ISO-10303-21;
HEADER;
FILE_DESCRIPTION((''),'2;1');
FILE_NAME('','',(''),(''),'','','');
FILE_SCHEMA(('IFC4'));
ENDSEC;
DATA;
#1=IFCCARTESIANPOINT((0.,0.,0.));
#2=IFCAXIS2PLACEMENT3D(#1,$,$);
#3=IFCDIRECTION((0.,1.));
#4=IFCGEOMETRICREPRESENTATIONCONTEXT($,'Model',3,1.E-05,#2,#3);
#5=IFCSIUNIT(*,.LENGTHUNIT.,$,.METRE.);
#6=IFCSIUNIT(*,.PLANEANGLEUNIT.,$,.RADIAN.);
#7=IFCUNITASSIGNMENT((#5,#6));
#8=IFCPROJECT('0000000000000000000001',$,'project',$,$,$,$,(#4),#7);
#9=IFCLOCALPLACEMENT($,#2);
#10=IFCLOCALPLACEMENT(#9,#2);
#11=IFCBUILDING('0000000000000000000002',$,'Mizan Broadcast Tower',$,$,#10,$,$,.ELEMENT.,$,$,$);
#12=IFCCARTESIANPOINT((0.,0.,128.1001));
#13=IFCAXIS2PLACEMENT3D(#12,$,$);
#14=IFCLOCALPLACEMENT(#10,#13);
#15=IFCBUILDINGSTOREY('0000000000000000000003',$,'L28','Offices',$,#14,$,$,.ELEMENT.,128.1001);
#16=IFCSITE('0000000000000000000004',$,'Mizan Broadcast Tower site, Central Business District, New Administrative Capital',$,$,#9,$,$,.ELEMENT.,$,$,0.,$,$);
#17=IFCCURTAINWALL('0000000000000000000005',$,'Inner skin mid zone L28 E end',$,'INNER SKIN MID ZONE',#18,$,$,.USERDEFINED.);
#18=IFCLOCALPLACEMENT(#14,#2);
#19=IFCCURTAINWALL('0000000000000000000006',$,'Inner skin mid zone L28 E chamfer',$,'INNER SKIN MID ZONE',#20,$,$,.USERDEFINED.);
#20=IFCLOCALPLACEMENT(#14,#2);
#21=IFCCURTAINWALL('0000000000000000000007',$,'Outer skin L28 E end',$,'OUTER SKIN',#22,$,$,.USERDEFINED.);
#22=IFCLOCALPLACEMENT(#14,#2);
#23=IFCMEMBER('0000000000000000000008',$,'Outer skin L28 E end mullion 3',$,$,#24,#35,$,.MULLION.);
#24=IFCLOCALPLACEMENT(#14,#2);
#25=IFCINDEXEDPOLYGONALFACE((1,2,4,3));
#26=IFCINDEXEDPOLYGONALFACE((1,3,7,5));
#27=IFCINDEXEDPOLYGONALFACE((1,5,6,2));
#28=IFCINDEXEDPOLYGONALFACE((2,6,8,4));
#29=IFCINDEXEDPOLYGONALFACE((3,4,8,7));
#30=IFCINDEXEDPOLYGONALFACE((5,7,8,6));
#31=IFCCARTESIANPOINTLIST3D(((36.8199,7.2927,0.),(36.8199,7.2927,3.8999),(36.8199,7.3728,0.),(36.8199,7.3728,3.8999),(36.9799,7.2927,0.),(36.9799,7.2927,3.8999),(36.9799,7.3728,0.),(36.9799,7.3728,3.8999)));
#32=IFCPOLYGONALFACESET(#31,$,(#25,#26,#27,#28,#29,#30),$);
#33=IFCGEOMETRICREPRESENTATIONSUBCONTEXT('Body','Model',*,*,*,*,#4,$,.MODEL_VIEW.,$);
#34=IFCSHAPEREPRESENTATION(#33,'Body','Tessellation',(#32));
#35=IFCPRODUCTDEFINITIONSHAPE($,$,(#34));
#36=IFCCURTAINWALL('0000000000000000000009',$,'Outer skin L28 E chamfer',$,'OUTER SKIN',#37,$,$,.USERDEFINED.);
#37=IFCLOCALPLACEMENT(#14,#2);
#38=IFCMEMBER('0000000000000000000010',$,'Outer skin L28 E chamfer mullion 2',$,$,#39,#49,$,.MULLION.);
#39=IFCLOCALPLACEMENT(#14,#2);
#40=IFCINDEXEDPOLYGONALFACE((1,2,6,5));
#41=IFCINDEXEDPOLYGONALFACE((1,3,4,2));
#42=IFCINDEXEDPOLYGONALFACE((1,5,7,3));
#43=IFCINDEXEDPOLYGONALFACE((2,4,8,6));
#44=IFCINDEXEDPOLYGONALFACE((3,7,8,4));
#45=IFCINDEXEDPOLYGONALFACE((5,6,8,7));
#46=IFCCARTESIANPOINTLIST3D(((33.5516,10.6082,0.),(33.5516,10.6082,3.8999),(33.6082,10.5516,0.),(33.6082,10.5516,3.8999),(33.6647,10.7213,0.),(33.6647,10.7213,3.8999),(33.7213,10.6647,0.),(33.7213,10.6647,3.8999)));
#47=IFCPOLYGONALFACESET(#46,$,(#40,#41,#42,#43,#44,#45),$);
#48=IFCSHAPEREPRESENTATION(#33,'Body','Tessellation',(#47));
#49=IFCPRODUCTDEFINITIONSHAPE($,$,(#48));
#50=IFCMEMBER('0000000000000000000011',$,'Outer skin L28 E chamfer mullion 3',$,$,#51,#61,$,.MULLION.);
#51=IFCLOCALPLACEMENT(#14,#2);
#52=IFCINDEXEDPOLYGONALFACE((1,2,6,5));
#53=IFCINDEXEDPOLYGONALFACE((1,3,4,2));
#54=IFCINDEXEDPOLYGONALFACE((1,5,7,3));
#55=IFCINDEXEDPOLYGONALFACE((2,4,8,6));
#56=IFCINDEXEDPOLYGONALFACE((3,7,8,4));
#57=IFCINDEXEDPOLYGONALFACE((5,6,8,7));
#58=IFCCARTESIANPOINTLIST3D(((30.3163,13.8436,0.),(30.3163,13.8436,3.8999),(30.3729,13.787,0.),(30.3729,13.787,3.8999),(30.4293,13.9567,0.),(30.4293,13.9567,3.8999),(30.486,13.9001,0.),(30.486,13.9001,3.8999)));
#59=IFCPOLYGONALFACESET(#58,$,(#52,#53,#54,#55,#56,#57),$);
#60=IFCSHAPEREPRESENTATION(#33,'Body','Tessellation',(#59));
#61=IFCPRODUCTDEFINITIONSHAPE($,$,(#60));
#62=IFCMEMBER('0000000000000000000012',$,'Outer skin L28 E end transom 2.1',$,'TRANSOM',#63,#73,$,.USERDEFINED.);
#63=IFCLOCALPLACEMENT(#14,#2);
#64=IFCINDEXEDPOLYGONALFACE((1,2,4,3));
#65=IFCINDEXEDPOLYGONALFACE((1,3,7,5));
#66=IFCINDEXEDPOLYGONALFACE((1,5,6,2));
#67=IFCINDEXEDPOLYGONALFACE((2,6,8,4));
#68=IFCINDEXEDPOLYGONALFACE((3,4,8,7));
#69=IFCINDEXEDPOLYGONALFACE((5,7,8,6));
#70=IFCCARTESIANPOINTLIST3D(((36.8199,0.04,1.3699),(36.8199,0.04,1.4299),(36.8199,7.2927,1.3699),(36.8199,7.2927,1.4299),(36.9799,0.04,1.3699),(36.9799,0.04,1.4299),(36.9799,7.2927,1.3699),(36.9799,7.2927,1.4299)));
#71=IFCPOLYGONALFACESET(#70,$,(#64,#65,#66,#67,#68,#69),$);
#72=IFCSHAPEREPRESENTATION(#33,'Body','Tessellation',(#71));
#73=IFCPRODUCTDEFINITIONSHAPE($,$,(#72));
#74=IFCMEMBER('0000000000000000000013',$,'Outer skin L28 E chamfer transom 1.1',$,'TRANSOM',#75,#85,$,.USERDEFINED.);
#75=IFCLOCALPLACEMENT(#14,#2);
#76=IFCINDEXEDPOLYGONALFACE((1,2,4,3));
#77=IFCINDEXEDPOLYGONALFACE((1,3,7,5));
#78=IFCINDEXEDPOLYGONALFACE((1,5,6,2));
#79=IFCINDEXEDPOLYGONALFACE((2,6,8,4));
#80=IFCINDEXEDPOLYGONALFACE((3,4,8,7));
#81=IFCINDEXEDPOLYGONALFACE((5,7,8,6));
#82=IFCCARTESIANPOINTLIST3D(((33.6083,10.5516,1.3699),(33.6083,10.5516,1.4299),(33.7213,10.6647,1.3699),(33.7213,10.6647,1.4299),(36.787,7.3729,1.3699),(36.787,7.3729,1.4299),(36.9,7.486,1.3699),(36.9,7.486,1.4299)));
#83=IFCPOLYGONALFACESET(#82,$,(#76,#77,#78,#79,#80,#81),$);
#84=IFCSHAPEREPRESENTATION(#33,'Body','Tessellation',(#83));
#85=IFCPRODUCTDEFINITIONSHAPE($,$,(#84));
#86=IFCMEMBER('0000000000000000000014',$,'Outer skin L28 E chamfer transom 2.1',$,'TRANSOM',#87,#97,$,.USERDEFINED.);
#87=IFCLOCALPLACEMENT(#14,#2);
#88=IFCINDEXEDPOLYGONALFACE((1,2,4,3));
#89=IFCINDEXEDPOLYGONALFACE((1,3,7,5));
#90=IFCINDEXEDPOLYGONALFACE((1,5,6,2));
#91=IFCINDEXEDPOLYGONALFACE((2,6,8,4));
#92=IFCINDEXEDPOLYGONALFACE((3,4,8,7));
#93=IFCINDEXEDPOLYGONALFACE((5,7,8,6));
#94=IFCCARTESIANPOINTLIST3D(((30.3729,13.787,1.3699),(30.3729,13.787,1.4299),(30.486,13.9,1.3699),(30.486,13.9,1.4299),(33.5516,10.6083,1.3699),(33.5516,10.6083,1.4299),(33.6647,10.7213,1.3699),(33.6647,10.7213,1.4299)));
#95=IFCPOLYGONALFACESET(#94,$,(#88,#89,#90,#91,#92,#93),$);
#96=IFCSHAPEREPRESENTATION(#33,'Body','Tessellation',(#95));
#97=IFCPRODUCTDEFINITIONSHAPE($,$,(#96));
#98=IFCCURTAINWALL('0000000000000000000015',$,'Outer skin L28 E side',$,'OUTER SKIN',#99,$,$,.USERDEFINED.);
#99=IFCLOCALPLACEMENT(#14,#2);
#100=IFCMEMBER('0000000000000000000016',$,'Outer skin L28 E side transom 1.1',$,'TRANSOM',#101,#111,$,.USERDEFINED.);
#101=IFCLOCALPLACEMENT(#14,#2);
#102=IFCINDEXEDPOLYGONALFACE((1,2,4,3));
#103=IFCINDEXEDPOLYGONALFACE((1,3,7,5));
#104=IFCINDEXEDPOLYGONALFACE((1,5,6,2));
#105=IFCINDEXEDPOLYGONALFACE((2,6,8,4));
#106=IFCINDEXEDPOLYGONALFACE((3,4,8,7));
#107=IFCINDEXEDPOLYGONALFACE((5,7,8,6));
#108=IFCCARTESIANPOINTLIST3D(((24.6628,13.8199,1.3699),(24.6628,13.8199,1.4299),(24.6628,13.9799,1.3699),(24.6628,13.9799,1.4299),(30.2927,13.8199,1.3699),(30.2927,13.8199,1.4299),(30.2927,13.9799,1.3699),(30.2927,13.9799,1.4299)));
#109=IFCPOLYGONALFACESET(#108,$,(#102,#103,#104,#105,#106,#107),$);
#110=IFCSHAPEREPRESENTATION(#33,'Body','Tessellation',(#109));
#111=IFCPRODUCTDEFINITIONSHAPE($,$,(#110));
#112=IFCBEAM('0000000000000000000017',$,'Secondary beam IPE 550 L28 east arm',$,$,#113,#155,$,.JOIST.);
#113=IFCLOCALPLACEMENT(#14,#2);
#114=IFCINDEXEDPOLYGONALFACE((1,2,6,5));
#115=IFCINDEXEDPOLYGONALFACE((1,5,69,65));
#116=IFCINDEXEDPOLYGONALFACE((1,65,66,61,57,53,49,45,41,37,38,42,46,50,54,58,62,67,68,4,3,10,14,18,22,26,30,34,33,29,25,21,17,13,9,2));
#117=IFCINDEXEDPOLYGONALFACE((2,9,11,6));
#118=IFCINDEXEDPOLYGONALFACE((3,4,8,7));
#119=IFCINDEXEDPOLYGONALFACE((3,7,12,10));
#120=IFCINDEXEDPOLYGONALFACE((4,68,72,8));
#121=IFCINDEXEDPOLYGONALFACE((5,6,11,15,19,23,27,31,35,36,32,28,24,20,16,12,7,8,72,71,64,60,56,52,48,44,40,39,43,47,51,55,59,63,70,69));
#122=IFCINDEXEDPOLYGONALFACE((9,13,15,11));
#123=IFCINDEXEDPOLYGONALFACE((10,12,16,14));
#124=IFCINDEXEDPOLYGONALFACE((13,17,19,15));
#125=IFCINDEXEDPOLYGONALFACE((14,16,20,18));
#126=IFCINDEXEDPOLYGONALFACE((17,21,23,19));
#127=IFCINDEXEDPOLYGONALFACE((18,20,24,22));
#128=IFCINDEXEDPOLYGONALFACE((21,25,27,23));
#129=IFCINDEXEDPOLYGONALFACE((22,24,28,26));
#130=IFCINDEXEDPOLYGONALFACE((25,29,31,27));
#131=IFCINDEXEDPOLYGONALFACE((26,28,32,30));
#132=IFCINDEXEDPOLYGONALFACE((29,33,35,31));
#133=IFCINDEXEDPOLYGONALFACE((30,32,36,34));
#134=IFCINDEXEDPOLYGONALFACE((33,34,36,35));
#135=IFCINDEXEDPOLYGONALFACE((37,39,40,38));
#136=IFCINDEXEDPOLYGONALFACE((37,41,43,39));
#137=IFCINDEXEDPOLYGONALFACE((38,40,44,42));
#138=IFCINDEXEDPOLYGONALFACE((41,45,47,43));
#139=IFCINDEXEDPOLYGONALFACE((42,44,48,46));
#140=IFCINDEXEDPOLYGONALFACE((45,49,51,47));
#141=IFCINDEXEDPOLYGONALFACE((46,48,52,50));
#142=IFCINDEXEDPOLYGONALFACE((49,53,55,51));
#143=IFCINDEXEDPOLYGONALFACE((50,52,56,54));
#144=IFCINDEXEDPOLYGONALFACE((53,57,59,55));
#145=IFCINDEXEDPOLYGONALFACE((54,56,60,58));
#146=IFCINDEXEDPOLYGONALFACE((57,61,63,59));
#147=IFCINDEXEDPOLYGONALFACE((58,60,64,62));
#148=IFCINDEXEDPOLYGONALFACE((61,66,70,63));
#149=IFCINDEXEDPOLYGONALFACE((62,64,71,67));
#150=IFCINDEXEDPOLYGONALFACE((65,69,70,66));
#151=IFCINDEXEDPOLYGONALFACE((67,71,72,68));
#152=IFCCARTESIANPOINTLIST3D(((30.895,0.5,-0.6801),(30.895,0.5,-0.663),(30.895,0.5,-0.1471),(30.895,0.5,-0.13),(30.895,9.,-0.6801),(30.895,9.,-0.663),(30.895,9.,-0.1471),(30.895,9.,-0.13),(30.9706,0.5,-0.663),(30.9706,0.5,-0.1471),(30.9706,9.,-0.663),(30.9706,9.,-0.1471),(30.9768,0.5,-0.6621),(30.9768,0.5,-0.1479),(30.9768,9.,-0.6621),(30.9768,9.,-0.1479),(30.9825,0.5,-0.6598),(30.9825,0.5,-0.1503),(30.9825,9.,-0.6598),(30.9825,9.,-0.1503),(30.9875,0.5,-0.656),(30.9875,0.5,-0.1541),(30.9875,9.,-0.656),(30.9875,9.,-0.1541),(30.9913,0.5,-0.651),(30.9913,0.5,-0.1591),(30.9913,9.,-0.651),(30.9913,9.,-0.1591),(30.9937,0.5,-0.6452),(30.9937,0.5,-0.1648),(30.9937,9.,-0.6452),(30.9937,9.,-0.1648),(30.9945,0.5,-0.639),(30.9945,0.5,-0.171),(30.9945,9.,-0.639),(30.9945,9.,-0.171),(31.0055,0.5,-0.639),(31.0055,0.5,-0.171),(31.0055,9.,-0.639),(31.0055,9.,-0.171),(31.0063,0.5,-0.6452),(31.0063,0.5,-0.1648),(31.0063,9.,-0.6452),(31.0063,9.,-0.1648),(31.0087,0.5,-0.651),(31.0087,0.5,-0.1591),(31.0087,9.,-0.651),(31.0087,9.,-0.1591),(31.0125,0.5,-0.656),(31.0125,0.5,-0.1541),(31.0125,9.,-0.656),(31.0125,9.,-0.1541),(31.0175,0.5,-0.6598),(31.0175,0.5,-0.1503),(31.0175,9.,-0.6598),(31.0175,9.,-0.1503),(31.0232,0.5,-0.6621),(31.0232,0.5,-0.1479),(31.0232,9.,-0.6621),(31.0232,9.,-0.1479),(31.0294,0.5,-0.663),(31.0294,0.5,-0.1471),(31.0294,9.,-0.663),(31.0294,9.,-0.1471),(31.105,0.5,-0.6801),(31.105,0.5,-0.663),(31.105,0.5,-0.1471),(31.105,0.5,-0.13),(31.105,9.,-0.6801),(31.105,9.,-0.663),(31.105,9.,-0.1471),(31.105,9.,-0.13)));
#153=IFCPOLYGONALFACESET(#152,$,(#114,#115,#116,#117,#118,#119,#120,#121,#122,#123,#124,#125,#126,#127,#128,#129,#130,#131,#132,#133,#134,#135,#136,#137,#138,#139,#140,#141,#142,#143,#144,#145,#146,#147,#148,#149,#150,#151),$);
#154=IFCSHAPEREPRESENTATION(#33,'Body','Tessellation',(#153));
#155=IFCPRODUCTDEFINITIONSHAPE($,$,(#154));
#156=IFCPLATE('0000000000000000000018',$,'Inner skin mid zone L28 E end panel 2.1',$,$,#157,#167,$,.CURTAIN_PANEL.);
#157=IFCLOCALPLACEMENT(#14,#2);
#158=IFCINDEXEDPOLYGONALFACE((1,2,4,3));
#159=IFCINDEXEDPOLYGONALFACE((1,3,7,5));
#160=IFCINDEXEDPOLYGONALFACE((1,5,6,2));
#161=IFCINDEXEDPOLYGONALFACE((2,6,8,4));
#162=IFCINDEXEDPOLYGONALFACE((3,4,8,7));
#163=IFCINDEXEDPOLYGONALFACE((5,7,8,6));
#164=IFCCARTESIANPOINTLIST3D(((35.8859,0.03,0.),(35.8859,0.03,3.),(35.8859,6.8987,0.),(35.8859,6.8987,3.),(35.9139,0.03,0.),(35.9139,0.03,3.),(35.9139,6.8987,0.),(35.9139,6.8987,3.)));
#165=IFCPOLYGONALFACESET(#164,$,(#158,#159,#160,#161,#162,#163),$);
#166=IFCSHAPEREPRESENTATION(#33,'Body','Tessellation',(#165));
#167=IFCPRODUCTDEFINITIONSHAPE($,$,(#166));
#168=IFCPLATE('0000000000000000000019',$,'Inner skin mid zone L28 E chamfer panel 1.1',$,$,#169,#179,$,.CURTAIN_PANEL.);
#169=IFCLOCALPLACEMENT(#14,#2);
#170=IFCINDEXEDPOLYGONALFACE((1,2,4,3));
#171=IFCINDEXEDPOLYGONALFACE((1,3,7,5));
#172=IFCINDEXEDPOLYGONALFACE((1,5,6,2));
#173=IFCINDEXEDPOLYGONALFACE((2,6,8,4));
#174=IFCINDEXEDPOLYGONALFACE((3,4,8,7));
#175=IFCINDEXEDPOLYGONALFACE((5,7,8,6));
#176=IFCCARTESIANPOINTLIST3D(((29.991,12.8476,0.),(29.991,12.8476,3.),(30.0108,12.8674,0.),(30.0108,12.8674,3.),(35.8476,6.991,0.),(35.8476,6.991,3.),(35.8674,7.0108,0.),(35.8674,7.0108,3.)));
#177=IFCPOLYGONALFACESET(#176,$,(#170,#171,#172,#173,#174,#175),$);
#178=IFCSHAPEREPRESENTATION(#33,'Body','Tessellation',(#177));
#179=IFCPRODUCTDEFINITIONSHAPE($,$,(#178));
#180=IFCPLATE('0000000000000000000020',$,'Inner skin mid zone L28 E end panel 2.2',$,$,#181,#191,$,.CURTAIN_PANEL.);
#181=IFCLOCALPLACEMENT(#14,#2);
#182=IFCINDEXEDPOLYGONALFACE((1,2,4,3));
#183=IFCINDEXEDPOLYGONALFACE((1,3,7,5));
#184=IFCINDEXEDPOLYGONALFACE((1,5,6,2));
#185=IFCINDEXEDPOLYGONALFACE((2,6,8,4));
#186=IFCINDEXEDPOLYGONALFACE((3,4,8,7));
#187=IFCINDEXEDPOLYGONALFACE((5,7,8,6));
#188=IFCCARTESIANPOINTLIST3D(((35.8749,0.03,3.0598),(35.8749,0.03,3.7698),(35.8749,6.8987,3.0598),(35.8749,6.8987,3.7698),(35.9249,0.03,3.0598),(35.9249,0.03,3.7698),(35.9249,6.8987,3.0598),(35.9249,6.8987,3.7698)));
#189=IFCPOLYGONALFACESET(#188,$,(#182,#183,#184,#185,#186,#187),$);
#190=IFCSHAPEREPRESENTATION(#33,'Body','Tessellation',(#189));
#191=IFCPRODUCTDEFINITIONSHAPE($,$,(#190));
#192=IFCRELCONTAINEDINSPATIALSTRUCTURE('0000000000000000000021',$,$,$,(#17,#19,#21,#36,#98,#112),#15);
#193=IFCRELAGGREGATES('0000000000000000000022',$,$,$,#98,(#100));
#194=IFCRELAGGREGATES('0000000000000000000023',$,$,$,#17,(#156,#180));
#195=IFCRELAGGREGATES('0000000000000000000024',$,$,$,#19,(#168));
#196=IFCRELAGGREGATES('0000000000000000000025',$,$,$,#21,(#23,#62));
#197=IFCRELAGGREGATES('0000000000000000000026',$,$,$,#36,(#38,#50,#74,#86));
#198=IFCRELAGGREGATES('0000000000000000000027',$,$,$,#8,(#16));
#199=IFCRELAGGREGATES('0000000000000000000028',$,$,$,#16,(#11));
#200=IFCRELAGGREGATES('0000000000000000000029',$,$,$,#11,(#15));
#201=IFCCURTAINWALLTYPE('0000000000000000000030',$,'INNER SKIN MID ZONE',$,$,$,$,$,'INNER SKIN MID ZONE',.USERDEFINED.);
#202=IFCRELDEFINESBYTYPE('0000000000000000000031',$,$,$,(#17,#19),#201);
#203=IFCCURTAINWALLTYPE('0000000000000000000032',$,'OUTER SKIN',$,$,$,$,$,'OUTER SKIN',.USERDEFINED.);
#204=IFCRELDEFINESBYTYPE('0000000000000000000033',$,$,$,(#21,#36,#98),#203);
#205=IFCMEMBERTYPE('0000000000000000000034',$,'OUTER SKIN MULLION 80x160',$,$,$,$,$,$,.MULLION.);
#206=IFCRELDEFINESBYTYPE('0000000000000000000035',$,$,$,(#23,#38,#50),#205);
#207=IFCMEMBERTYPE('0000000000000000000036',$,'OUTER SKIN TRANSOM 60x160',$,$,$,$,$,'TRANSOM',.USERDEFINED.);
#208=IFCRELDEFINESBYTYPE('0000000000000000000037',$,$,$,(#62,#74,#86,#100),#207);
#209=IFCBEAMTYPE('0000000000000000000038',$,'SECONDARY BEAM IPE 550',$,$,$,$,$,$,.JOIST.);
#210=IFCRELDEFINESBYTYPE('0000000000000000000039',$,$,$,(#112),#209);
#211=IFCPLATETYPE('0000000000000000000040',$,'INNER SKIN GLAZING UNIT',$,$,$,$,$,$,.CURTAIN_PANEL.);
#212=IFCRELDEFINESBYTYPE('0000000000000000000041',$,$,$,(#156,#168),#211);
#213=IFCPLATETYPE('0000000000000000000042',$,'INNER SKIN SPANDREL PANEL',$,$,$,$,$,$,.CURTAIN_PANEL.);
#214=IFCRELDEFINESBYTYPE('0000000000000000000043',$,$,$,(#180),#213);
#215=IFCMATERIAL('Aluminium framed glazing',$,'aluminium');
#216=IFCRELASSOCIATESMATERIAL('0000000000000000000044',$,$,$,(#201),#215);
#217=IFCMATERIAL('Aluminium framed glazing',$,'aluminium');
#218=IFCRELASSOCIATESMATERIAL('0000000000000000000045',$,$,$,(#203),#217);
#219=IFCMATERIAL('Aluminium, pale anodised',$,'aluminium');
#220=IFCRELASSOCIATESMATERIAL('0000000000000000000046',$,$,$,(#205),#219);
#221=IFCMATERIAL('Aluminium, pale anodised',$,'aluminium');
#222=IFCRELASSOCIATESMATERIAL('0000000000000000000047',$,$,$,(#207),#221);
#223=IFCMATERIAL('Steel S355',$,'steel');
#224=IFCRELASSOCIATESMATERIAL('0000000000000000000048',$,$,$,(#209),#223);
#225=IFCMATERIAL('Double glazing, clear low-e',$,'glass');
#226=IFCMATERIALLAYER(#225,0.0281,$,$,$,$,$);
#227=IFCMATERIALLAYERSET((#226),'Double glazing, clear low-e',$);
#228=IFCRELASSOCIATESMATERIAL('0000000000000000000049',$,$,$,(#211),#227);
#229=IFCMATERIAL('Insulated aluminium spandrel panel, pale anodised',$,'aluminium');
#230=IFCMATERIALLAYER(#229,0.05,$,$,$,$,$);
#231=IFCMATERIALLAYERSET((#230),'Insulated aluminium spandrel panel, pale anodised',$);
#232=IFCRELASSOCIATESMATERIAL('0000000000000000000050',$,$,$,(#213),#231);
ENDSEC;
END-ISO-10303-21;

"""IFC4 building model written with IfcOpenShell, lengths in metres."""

from ifc_helpers import new_model, si_unit, direction, frame, origin, origin_2d, place, context, subcontext, project, spatial, rectangle, i_section, extrude, material, layer, layer_set, material_profile, profile_set, type_object, element, aggregate, save


model = new_model("IFC4")

# Units and contexts
model_context = context("Model", 3, precision=1e-05, world=origin(), true_north=direction((0.0, 1.0)))
body_context = subcontext(model_context, "Body", "Model", "MODEL_VIEW")
ifc_project = project(units=[si_unit("LENGTHUNIT", "METRE"), si_unit("PLANEANGLEUNIT", "RADIAN")], contexts=[model_context])

# Site, building, storey
site_placement = place(None, origin())
site = spatial("IfcSite", under=ifc_project, at=site_placement, Name="Mizan Broadcast Tower site, Central Business District, New Administrative Capital", CompositionType="ELEMENT", RefElevation=0.0)
building_placement = place(site_placement, origin())
building = spatial("IfcBuilding", under=site, at=building_placement, Name="Mizan Broadcast Tower", CompositionType="ELEMENT")
storey_placement = place(building_placement, frame((0.0, 0.0, 128.1001)))
storey = spatial("IfcBuildingStorey", under=building, at=storey_placement, Name="L28", Description="Offices", CompositionType="ELEMENT", Elevation=128.1001)

# Curtain wall
ifc_material_1 = material(Name="Aluminium framed glazing", Category="aluminium")
curtain_wall_type_1 = type_object("IfcCurtainWallType", Name="INNER SKIN MID ZONE", ElementType="INNER SKIN MID ZONE", PredefinedType="USERDEFINED", material=ifc_material_1)
curtain_wall_1_placement = place(storey_placement, origin())
curtain_wall_1 = element("IfcCurtainWall", 1, at=curtain_wall_1_placement, inside=storey, type_object=curtain_wall_type_1, Name="Inner skin mid zone L28 E end", ObjectType="INNER SKIN MID ZONE", PredefinedType="USERDEFINED")

# Curtain wall
curtain_wall_2_placement = place(storey_placement, origin())
curtain_wall_2 = element("IfcCurtainWall", 2, at=curtain_wall_2_placement, inside=storey, type_object=curtain_wall_type_1, Name="Inner skin mid zone L28 E chamfer", ObjectType="INNER SKIN MID ZONE", PredefinedType="USERDEFINED")

# Curtain walls, members
ifc_material_2 = material(Name="Aluminium framed glazing", Category="aluminium")
curtain_wall_type_2 = type_object("IfcCurtainWallType", Name="OUTER SKIN", ElementType="OUTER SKIN", PredefinedType="USERDEFINED", material=ifc_material_2)
curtain_wall_3_placement = place(storey_placement, origin())
curtain_wall_3 = element("IfcCurtainWall", 3, at=curtain_wall_3_placement, inside=storey, type_object=curtain_wall_type_2, Name="Outer skin L28 E end", ObjectType="OUTER SKIN", PredefinedType="USERDEFINED")
ifc_material_3 = material(Name="Aluminium, pale anodised", Category="aluminium")
ifc_material_profile_1 = material_profile(ifc_material_3, rectangle(XDim=0.1599, YDim=0.0801, at=origin_2d()), Name="MULLION 160x80")
ifc_profile_set_1 = profile_set([ifc_material_profile_1], Name="Aluminium, pale anodised")
member_type_1 = type_object("IfcMemberType", Name="OUTER SKIN MULLION 80x160", PredefinedType="MULLION", material=ifc_profile_set_1)
member_1_placement = place(storey_placement, frame((36.8999, 7.3328, 0.0), z_axis=(0.0, 0.0, 1.0), x_axis=(-1.0, 0.0, 0.0)))
member_1 = element("IfcMember", 4, at=member_1_placement, type_object=member_type_1, Name="Outer skin L28 E end mullion 3", PredefinedType="MULLION", context=body_context, shape_type="SweptSolid", body=[
    extrude(rectangle(XDim=0.1599, YDim=0.0801, at=origin_2d()), origin(), (0.0, 0.0, 1.0), 3.8999),
])
curtain_wall_4_placement = place(storey_placement, origin())
curtain_wall_4 = element("IfcCurtainWall", 5, at=curtain_wall_4_placement, inside=storey, type_object=curtain_wall_type_2, Name="Outer skin L28 E chamfer", ObjectType="OUTER SKIN", PredefinedType="USERDEFINED")
member_2_placement = place(storey_placement, frame((33.6365, 10.6365, 0.0), z_axis=(0.0, 0.0, 1.0), x_axis=(-0.707107, -0.707107, 0.0)))
member_2 = element("IfcMember", 6, at=member_2_placement, type_object=member_type_1, Name="Outer skin L28 E chamfer mullion 2", PredefinedType="MULLION", context=body_context, shape_type="SweptSolid", body=[
    extrude(rectangle(XDim=0.1599, YDim=0.0801, at=origin_2d()), origin(), (0.0, 0.0, 1.0), 3.8999),
])
member_3_placement = place(storey_placement, frame((30.4011, 13.8718, 0.0), z_axis=(0.0, 0.0, 1.0), x_axis=(-0.707107, -0.707107, 0.0)))
member_3 = element("IfcMember", 7, at=member_3_placement, type_object=member_type_1, Name="Outer skin L28 E chamfer mullion 3", PredefinedType="MULLION", context=body_context, shape_type="SweptSolid", body=[
    extrude(rectangle(XDim=0.1599, YDim=0.0801, at=origin_2d()), origin(), (0.0, 0.0, 1.0), 3.8999),
])

# Members
ifc_material_4 = material(Name="Aluminium, pale anodised", Category="aluminium")
ifc_material_profile_2 = material_profile(ifc_material_4, rectangle(XDim=0.1599, YDim=0.0601, at=origin_2d()), Name="TRANSOM 160x60")
ifc_profile_set_2 = profile_set([ifc_material_profile_2], Name="Aluminium, pale anodised")
member_type_2 = type_object("IfcMemberType", Name="OUTER SKIN TRANSOM 60x160", ElementType="TRANSOM", PredefinedType="USERDEFINED", material=ifc_profile_set_2)
member_4_placement = place(storey_placement, frame((36.8999, 0.04, 1.3999), z_axis=(0.0, 1.0, 0.0), x_axis=(-1.0, 0.0, 0.0)))
member_4 = element("IfcMember", 8, at=member_4_placement, type_object=member_type_2, Name="Outer skin L28 E end transom 2.1", ObjectType="TRANSOM", PredefinedType="USERDEFINED", context=body_context, shape_type="SweptSolid", body=[
    extrude(rectangle(XDim=0.1599, YDim=0.0601, at=origin_2d()), origin(), (0.0, 0.0, 1.0), 7.2527),
])
member_5_placement = place(storey_placement, frame((36.8435, 7.4294, 1.3999), z_axis=(-0.707107, 0.707107, 0.0), x_axis=(-0.707107, -0.707107, 0.0)))
member_5 = element("IfcMember", 9, at=member_5_placement, type_object=member_type_2, Name="Outer skin L28 E chamfer transom 1.1", ObjectType="TRANSOM", PredefinedType="USERDEFINED", context=body_context, shape_type="SweptSolid", body=[
    extrude(rectangle(XDim=0.1599, YDim=0.0601, at=origin_2d()), origin(), (0.0, 0.0, 1.0), 4.4954),
])
member_6_placement = place(storey_placement, frame((33.6082, 10.6648, 1.3999), z_axis=(-0.707107, 0.707107, 0.0), x_axis=(-0.707107, -0.707107, 0.0)))
member_6 = element("IfcMember", 10, at=member_6_placement, type_object=member_type_2, Name="Outer skin L28 E chamfer transom 2.1", ObjectType="TRANSOM", PredefinedType="USERDEFINED", context=body_context, shape_type="SweptSolid", body=[
    extrude(rectangle(XDim=0.1599, YDim=0.0601, at=origin_2d()), origin(), (0.0, 0.0, 1.0), 4.4954),
])

# Curtain wall, member
curtain_wall_5_placement = place(storey_placement, origin())
curtain_wall_5 = element("IfcCurtainWall", 11, at=curtain_wall_5_placement, inside=storey, type_object=curtain_wall_type_2, Name="Outer skin L28 E side", ObjectType="OUTER SKIN", PredefinedType="USERDEFINED")
member_7_placement = place(storey_placement, frame((30.2927, 13.8999, 1.3999), z_axis=(-1.0, 0.0, 0.0), x_axis=(0.0, -1.0, 0.0)))
member_7 = element("IfcMember", 12, at=member_7_placement, type_object=member_type_2, Name="Outer skin L28 E side transom 1.1", ObjectType="TRANSOM", PredefinedType="USERDEFINED", context=body_context, shape_type="SweptSolid", body=[
    extrude(rectangle(XDim=0.1599, YDim=0.0601, at=origin_2d()), origin(), (0.0, 0.0, 1.0), 5.6299),
])
aggregate(curtain_wall_5, [member_7])

# Beam
ifc_material_5 = material(Name="Steel S355", Category="steel")
ifc_material_profile_3 = material_profile(ifc_material_5, i_section(OverallWidth=0.21, OverallDepth=0.55, WebThickness=0.011, FlangeThickness=0.0171, FilletRadius=0.0239, at=origin_2d()), Name="IPE 550")
ifc_profile_set_3 = profile_set([ifc_material_profile_3], Name="Steel S355")
beam_type_1 = type_object("IfcBeamType", Name="SECONDARY BEAM IPE 550", PredefinedType="JOIST", material=ifc_profile_set_3)
beam_1_placement = place(storey_placement, frame((31.0, 9.0, -0.405), z_axis=(0.0, -1.0, 0.0), x_axis=(1.0, 0.0, 0.0)))
element("IfcBeam", 13, at=beam_1_placement, inside=storey, type_object=beam_type_1, Name="Secondary beam IPE 550 L28 east arm", PredefinedType="JOIST", context=body_context, shape_type="SweptSolid", body=[
    extrude(i_section(OverallWidth=0.21, OverallDepth=0.55, WebThickness=0.011, FlangeThickness=0.0171, FilletRadius=0.0239, at=origin_2d()), origin(), (0.0, 0.0, 1.0), 8.5),
])

# Plates
ifc_material_6 = material(Name="Double glazing, clear low-e", Category="glass")
ifc_layer_1 = layer(ifc_material_6, 0.0281)
ifc_layer_set_1 = layer_set([ifc_layer_1], Name="Double glazing, clear low-e")
plate_type_1 = type_object("IfcPlateType", Name="INNER SKIN GLAZING UNIT", PredefinedType="CURTAIN_PANEL", material=ifc_layer_set_1)
plate_1_placement = place(storey_placement, frame((35.8999, 3.4644, 0.0), z_axis=(0.0, 0.0, 1.0), x_axis=(0.0, 1.0, 0.0)))
plate_1 = element("IfcPlate", 14, at=plate_1_placement, type_object=plate_type_1, Name="Inner skin mid zone L28 E end panel 2.1", PredefinedType="CURTAIN_PANEL", context=body_context, shape_type="SweptSolid", body=[
    extrude(rectangle(XDim=6.8687, YDim=0.0281, at=origin_2d()), origin(), (0.0, 0.0, 1.0), 3.0),
])
plate_2_placement = place(storey_placement, frame((32.9292, 9.9292, 0.0), z_axis=(0.0, 0.0, 1.0), x_axis=(-0.707107, 0.707107, 0.0)))
plate_2 = element("IfcPlate", 15, at=plate_2_placement, type_object=plate_type_1, Name="Inner skin mid zone L28 E chamfer panel 1.1", PredefinedType="CURTAIN_PANEL", context=body_context, shape_type="SweptSolid", body=[
    extrude(rectangle(XDim=8.2825, YDim=0.0281, at=origin_2d()), origin(), (0.0, 0.0, 1.0), 3.0),
])
ifc_material_7 = material(Name="Insulated aluminium spandrel panel, pale anodised", Category="aluminium")
ifc_layer_2 = layer(ifc_material_7, 0.05)
ifc_layer_set_2 = layer_set([ifc_layer_2], Name="Insulated aluminium spandrel panel, pale anodised")
plate_type_2 = type_object("IfcPlateType", Name="INNER SKIN SPANDREL PANEL", PredefinedType="CURTAIN_PANEL", material=ifc_layer_set_2)
plate_3_placement = place(storey_placement, frame((35.8999, 3.4644, 3.0598), z_axis=(0.0, 0.0, 1.0), x_axis=(0.0, 1.0, 0.0)))
plate_3 = element("IfcPlate", 16, at=plate_3_placement, type_object=plate_type_2, Name="Inner skin mid zone L28 E end panel 2.2", PredefinedType="CURTAIN_PANEL", context=body_context, shape_type="SweptSolid", body=[
    extrude(rectangle(XDim=6.8687, YDim=0.05, at=origin_2d()), origin(), (0.0, 0.0, 1.0), 0.71),
])
aggregate(curtain_wall_1, [plate_1, plate_3])
aggregate(curtain_wall_2, [plate_2])
aggregate(curtain_wall_3, [member_1, member_4])
aggregate(curtain_wall_4, [member_2, member_3, member_5, member_6])

save(model, "model.ifc")
